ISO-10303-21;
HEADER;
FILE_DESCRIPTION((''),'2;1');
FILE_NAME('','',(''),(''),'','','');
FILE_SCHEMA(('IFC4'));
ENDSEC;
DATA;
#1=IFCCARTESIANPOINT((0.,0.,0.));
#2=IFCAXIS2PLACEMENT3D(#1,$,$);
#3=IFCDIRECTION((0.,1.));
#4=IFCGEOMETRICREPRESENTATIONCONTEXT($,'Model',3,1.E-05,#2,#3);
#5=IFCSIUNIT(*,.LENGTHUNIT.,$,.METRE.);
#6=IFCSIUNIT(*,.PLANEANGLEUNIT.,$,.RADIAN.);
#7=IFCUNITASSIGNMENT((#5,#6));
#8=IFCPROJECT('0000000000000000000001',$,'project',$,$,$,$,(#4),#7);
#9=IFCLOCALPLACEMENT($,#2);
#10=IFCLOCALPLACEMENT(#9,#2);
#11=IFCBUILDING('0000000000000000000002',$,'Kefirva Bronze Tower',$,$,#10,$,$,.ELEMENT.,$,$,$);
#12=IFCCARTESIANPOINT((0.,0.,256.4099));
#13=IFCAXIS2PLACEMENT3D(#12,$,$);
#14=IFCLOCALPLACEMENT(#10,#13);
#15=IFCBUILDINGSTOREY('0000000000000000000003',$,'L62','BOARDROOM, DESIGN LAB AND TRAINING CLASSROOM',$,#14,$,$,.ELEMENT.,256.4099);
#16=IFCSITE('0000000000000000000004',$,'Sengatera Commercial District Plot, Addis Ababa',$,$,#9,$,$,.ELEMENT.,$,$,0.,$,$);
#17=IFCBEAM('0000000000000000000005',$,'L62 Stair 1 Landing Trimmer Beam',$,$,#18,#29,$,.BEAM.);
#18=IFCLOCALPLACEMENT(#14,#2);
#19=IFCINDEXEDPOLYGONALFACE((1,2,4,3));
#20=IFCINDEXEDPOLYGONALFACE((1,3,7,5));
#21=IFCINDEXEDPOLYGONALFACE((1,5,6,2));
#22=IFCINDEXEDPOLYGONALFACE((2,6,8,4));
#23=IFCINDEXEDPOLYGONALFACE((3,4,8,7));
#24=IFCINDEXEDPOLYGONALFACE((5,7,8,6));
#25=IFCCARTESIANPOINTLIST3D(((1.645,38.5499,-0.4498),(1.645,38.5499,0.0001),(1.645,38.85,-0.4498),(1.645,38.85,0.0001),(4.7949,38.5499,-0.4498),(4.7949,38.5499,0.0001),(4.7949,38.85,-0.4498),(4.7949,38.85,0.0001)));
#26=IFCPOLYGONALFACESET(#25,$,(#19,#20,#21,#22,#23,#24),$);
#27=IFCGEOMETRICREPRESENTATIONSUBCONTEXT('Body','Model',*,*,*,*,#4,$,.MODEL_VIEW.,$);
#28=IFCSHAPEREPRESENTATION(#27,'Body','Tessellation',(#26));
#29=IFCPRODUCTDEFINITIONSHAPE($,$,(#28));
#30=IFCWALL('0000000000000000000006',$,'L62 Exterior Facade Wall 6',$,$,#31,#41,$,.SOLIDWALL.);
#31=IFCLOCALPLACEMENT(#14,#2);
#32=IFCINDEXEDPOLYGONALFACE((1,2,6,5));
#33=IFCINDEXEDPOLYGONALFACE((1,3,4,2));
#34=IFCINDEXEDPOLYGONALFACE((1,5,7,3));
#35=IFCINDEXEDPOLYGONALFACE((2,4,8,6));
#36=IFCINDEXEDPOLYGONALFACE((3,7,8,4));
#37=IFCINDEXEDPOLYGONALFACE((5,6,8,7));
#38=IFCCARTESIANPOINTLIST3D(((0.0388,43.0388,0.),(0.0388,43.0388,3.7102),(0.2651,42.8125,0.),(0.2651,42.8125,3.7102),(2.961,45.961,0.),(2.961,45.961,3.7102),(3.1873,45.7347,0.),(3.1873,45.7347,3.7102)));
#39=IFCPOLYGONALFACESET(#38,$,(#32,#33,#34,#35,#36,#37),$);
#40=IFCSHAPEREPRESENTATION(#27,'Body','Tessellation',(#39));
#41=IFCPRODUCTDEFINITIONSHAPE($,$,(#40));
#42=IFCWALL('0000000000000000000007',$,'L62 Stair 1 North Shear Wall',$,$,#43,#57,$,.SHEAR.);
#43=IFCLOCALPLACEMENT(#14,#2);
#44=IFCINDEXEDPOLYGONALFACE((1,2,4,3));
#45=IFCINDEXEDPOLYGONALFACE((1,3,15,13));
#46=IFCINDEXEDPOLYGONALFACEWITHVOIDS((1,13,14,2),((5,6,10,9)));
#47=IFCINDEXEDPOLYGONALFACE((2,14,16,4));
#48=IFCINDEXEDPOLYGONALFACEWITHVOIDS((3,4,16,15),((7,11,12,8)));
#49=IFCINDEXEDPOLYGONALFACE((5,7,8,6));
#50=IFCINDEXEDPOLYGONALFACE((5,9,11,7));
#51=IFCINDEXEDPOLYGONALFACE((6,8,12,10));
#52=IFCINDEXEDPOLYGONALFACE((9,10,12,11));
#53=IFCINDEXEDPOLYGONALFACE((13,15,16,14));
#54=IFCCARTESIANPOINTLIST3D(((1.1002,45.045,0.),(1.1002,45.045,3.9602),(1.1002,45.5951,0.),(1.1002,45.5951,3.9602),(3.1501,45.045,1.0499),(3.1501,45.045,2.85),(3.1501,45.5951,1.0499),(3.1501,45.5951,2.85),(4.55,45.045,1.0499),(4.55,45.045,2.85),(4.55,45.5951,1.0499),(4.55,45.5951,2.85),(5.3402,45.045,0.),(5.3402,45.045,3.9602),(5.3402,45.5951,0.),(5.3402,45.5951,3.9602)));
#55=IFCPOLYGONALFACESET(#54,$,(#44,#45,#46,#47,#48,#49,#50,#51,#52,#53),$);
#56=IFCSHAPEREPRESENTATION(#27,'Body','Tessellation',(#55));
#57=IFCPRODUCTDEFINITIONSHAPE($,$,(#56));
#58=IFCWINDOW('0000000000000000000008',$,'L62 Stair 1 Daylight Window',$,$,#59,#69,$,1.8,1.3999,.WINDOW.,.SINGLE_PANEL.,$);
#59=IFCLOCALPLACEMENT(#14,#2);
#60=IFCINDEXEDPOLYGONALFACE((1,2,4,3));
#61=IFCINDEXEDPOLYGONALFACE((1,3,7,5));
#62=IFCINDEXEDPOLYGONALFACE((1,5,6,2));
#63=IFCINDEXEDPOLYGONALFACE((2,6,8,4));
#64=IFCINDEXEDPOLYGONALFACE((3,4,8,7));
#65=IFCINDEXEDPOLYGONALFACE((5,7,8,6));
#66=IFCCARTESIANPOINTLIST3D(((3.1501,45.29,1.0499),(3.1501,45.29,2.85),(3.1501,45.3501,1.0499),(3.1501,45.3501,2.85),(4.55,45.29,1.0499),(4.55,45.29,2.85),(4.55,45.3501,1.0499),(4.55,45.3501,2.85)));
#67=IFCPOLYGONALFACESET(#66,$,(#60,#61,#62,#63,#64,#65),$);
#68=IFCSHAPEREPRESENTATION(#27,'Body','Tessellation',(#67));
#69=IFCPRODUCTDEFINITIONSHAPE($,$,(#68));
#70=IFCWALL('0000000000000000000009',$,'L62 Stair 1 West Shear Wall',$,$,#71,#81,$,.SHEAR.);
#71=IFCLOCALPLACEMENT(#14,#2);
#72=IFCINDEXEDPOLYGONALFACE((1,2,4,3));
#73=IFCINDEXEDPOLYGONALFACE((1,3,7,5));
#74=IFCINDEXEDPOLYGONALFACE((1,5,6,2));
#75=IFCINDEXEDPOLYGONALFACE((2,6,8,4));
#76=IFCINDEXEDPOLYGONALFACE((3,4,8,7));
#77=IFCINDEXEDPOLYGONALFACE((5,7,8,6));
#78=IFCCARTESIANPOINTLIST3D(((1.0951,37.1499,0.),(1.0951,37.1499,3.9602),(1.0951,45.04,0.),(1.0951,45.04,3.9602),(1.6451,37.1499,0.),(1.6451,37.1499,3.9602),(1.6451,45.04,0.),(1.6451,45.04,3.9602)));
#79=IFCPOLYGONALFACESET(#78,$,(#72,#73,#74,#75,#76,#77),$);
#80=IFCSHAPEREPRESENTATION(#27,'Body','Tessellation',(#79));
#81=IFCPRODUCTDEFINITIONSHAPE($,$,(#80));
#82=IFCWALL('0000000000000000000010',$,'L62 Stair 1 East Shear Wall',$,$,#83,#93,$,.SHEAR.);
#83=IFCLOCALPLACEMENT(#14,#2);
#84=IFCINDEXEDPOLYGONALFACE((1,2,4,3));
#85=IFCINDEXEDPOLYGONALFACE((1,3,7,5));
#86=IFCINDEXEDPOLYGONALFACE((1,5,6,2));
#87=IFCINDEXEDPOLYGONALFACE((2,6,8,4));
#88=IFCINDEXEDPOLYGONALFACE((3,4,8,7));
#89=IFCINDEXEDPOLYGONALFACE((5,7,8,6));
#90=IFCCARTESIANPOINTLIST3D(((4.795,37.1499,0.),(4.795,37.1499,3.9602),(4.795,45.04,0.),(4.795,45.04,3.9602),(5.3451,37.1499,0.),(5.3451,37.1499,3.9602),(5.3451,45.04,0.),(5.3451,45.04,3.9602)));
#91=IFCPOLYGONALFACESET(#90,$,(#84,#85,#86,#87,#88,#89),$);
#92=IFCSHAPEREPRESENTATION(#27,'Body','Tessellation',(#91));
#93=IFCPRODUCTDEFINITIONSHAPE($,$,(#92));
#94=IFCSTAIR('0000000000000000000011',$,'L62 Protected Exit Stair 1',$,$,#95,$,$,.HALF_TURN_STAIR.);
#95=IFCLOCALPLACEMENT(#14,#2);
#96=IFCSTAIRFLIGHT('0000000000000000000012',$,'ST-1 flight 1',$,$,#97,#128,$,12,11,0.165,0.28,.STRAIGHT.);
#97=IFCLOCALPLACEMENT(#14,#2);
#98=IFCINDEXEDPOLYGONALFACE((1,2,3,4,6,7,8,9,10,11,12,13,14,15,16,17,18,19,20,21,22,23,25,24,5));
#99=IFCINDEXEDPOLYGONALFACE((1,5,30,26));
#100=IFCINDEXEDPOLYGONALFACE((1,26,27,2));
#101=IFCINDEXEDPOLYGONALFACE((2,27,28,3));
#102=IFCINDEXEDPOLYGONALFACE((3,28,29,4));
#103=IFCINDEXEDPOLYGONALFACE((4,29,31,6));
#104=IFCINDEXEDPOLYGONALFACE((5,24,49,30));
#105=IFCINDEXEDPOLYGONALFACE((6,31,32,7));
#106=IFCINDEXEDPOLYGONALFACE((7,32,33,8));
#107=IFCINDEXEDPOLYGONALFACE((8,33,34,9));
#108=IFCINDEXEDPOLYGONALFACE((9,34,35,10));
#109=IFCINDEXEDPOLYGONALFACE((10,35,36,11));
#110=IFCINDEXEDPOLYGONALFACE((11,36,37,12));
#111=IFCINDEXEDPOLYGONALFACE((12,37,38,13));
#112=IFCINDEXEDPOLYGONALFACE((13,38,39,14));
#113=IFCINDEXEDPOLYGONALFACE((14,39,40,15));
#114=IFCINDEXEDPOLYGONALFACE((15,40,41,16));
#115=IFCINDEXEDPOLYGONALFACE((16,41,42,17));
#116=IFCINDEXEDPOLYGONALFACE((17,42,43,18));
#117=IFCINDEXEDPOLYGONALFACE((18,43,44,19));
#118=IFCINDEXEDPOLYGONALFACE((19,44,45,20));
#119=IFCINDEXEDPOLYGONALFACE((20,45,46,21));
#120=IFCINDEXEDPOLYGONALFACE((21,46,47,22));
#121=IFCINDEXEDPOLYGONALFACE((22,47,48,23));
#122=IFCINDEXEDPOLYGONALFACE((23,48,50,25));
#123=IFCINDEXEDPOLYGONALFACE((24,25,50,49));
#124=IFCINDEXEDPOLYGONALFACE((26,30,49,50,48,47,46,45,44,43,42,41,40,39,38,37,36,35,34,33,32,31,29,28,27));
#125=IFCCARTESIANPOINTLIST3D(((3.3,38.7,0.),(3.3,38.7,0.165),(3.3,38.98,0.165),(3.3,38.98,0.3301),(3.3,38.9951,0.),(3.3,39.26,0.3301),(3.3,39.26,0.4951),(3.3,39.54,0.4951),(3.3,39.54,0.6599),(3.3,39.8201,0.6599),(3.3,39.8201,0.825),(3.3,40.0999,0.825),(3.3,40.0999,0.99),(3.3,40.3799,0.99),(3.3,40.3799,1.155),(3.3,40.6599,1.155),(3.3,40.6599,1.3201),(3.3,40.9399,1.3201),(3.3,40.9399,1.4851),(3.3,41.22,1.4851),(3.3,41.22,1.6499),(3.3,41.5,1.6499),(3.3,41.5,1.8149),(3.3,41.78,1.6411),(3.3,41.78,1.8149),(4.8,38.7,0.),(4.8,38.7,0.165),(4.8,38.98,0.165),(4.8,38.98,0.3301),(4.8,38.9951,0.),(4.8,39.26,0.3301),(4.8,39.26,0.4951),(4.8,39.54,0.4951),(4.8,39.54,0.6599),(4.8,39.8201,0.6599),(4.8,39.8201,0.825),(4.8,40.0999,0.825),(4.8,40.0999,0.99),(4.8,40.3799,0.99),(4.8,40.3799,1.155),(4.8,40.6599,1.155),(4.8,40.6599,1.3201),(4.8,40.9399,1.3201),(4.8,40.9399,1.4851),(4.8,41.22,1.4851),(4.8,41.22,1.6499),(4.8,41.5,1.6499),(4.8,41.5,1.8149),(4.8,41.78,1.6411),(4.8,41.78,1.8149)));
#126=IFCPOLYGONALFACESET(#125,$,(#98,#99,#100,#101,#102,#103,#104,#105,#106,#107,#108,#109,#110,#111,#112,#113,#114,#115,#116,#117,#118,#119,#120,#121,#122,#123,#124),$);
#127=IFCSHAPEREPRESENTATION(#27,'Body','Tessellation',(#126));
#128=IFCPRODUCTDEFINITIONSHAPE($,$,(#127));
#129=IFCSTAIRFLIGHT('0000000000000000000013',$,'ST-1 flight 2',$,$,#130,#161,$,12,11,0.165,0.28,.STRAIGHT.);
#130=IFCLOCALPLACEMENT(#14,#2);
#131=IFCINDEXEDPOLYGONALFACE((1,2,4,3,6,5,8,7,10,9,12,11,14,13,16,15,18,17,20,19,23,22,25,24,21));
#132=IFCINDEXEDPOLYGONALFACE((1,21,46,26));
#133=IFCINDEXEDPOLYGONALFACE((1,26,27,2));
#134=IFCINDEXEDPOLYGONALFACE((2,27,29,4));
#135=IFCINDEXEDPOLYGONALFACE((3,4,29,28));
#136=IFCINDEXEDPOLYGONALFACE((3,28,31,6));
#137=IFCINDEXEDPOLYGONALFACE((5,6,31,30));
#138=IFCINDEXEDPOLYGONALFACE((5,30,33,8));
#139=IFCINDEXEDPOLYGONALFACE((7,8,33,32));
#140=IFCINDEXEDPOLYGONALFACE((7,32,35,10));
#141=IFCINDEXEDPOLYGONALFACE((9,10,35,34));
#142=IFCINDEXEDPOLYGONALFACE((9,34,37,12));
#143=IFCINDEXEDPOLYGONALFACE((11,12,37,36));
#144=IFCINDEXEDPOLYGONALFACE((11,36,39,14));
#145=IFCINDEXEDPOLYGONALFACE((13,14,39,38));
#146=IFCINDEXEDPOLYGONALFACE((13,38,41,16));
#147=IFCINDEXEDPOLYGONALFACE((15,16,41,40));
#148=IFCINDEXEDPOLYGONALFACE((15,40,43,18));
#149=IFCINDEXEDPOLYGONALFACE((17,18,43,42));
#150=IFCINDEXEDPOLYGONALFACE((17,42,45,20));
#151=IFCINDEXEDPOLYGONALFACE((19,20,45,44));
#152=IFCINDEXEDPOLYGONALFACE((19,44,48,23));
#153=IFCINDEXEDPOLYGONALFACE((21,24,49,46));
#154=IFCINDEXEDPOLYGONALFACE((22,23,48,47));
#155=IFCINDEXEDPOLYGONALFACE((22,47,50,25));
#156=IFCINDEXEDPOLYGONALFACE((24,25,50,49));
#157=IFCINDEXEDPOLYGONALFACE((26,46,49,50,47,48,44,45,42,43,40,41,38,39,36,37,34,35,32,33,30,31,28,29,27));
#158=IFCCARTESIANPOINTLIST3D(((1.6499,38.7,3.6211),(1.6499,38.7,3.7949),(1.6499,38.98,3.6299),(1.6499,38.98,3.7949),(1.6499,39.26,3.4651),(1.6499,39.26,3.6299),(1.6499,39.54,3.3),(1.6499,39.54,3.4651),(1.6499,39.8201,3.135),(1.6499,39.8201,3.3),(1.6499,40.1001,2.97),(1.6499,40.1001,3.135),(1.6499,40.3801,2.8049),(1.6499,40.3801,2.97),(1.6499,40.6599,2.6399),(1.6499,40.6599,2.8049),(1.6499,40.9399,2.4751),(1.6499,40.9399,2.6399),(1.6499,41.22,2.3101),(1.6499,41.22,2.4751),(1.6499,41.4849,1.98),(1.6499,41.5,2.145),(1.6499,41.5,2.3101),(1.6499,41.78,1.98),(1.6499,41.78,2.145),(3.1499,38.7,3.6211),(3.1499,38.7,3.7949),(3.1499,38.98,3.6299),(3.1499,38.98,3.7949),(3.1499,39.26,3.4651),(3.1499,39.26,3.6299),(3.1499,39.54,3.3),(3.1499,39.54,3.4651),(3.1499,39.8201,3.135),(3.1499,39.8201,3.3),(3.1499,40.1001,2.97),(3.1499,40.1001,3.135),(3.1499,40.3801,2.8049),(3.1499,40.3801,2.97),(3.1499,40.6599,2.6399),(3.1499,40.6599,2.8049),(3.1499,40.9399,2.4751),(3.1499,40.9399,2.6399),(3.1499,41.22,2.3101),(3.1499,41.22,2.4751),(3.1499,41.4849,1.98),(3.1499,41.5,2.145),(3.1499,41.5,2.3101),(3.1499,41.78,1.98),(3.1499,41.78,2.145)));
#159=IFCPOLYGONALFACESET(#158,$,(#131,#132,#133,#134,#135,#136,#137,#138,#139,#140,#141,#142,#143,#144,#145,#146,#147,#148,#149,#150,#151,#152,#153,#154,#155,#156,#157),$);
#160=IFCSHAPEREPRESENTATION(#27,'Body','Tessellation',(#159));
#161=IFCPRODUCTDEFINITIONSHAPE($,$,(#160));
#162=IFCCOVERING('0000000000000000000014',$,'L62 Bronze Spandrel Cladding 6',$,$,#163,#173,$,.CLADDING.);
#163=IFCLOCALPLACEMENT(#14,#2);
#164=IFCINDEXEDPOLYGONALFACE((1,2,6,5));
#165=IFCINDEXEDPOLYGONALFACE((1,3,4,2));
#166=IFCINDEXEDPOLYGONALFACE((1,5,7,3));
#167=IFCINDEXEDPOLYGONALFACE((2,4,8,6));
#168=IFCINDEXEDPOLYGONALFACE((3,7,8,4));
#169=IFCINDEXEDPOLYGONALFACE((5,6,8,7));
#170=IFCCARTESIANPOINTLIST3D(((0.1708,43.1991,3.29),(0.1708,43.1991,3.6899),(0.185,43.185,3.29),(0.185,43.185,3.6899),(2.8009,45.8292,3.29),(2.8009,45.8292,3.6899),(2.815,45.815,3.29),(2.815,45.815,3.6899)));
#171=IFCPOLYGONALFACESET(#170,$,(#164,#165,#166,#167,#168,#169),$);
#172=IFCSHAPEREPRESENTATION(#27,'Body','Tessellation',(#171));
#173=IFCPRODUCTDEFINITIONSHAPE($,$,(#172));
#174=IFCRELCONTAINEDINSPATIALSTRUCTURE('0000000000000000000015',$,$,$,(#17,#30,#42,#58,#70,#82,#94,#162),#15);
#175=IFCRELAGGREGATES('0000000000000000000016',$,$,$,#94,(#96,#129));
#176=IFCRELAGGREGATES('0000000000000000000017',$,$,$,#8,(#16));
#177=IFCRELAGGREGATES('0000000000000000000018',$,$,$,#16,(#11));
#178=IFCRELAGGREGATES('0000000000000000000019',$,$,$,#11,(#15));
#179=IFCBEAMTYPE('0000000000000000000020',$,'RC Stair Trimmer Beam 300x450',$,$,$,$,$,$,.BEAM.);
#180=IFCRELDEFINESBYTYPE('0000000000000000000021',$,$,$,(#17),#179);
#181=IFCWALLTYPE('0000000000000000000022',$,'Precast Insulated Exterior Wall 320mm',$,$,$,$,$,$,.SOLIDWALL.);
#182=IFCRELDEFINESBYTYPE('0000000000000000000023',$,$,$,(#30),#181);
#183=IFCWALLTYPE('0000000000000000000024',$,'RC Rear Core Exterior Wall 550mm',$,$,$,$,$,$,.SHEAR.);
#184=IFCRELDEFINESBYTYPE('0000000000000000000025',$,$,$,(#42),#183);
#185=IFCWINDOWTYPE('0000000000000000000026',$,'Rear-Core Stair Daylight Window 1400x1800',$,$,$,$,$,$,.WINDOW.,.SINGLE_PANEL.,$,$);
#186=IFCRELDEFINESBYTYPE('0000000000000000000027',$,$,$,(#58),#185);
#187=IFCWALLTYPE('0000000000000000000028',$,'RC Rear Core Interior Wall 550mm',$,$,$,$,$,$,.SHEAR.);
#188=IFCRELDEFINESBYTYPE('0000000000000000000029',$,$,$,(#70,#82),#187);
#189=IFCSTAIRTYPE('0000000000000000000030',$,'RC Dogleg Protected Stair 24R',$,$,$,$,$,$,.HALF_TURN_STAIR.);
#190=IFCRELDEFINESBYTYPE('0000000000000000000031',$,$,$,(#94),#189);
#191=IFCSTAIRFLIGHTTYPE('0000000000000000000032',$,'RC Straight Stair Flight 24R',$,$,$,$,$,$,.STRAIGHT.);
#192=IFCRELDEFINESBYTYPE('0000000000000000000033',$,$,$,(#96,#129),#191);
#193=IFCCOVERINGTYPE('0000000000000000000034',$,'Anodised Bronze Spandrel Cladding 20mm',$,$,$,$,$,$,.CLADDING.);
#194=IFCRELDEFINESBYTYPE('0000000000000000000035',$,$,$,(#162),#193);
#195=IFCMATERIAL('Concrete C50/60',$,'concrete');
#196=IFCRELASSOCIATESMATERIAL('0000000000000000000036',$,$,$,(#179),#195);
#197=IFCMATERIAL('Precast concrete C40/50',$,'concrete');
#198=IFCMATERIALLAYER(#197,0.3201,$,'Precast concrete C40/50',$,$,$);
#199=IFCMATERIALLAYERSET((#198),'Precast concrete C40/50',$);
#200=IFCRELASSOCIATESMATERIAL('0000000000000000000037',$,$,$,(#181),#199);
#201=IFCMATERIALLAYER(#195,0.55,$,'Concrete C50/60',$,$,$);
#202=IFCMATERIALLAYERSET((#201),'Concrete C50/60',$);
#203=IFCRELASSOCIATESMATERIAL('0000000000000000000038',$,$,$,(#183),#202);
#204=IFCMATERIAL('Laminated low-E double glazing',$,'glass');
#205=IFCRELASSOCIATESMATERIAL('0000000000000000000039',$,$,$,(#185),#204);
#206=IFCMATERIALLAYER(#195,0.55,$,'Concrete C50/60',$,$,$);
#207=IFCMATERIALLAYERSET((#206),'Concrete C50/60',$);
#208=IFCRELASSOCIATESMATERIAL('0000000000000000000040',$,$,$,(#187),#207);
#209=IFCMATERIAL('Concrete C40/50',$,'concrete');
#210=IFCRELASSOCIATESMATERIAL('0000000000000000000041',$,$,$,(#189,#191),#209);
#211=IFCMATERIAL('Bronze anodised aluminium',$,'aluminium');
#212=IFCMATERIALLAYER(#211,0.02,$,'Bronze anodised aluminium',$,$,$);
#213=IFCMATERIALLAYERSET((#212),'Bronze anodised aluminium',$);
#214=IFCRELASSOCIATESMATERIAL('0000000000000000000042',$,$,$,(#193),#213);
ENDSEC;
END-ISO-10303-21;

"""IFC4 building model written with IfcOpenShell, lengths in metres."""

from ifc_helpers import new_model, si_unit, direction, frame, frame_2d, origin, origin_2d, place, context, subcontext, project, spatial, polyline, rectangle, outline, extrude, material, layer, layer_set, material_profile, profile_set, type_object, element, fill, aggregate, save


model = new_model("IFC4")

# Units and contexts
model_context = context("Model", 3, precision=1e-05, world=origin(), true_north=direction((0.0, 1.0)))
body_context = subcontext(model_context, "Body", "Model", "MODEL_VIEW")
ifc_project = project(units=[si_unit("LENGTHUNIT", "METRE"), si_unit("PLANEANGLEUNIT", "RADIAN")], contexts=[model_context])

# Site, building, storey
site_placement = place(None, origin())
site = spatial("IfcSite", under=ifc_project, at=site_placement, Name="Sengatera Commercial District Plot, Addis Ababa", CompositionType="ELEMENT", RefElevation=0.0)
building_placement = place(site_placement, origin())
building = spatial("IfcBuilding", under=site, at=building_placement, Name="Kefirva Bronze Tower", CompositionType="ELEMENT")
storey_placement = place(building_placement, frame((0.0, 0.0, 256.4099)))
storey = spatial("IfcBuildingStorey", under=building, at=storey_placement, Name="L62", Description="BOARDROOM, DESIGN LAB AND TRAINING CLASSROOM", CompositionType="ELEMENT", Elevation=256.4099)

# Beam
ifc_material_1 = material(Name="Concrete C50/60", Category="concrete")
ifc_material_profile = material_profile(ifc_material_1, rectangle(XDim=0.3, YDim=0.45, at=origin_2d()), Name="RC 300x450")
ifc_profile_set = profile_set([ifc_material_profile], Name="Concrete C50/60")
beam_type = type_object("IfcBeamType", Name="RC Stair Trimmer Beam 300x450", PredefinedType="BEAM", material=ifc_profile_set)
beam_placement = place(storey_placement, frame((1.645, 38.7, -0.2249), z_axis=(1.0, 0.0, 0.0), x_axis=(0.0, 1.0, 0.0)))
element("IfcBeam", 1, at=beam_placement, inside=storey, type_object=beam_type, Name="L62 Stair 1 Landing Trimmer Beam", PredefinedType="BEAM", context=body_context, shape_type="SweptSolid", body=[
    extrude(rectangle(XDim=0.3, YDim=0.45, at=origin_2d()), origin(), (0.0, 0.0, 1.0), 3.1499),
])

# Wall
ifc_material_2 = material(Name="Precast concrete C40/50", Category="concrete")
ifc_layer_1 = layer(ifc_material_2, 0.3201, Name="Precast concrete C40/50")
ifc_layer_set_1 = layer_set([ifc_layer_1], Name="Precast concrete C40/50")
wall_type_1 = type_object("IfcWallType", Name="Precast Insulated Exterior Wall 320mm", PredefinedType="SOLIDWALL", material=ifc_layer_set_1)
wall_1_placement = place(storey_placement, frame((3.0742, 45.8479, 0.0), z_axis=(0.0, 0.0, 1.0), x_axis=(-0.707107, -0.707107, 0.0)))
element("IfcWall", 2, at=wall_1_placement, inside=storey, type_object=wall_type_1, Name="L62 Exterior Facade Wall 6", PredefinedType="SOLIDWALL", context=body_context, shape_type="SweptSolid", body=[
    extrude(rectangle(XDim=4.1326, YDim=0.3201, at=frame_2d((2.0664, 0.0))), origin(), (0.0, 0.0, 1.0), 3.7102),
])

# Wall, opening, window
ifc_layer_2 = layer(ifc_material_1, 0.55, Name="Concrete C50/60")
ifc_layer_set_2 = layer_set([ifc_layer_2], Name="Concrete C50/60")
wall_type_2 = type_object("IfcWallType", Name="RC Rear Core Exterior Wall 550mm", PredefinedType="SHEAR", material=ifc_layer_set_2)
wall_2_placement = place(storey_placement, frame((1.1001, 45.3201, 0.0), z_axis=(0.0, 0.0, 1.0), x_axis=(1.0, 0.0, 0.0)))
wall_2 = element("IfcWall", 3, at=wall_2_placement, inside=storey, type_object=wall_type_2, Name="L62 Stair 1 North Shear Wall", PredefinedType="SHEAR", context=body_context, shape_type="SweptSolid", body=[
    extrude(rectangle(XDim=4.24, YDim=0.55, at=frame_2d((2.1201, 0.0))), origin(), (0.0, 0.0, 1.0), 3.9602),
])
opening_1_placement = place(wall_2_placement, frame((2.05, 0.0, 1.05)))
opening_1 = element("IfcOpeningElement", 4, at=opening_1_placement, cuts=wall_2, PredefinedType="OPENING", context=body_context, shape_type="SweptSolid", body=[
    extrude(rectangle(XDim=1.3999, YDim=1.8, at=frame_2d((0.7, 0.8999))), frame((0.0, 0.2852, 0.0), z_axis=(0.0, -1.0, 0.0), x_axis=(1.0, 0.0, 0.0)), (0.0, 0.0, 1.0), 0.5701),
])
ifc_material_3 = material(Name="Laminated low-E double glazing", Category="glass")
window_type = type_object("IfcWindowType", Name="Rear-Core Stair Daylight Window 1400x1800", PartitioningType="SINGLE_PANEL", PredefinedType="WINDOW", material=ifc_material_3)
window_placement = place(opening_1_placement, origin())
window = element("IfcWindow", 5, at=window_placement, inside=storey, type_object=window_type, Name="L62 Stair 1 Daylight Window", OverallHeight=1.8, OverallWidth=1.3999, PartitioningType="SINGLE_PANEL", PredefinedType="WINDOW", context=body_context, shape_type="SweptSolid", body=[
    extrude(rectangle(XDim=1.3999, YDim=1.8, at=frame_2d((0.7, 0.8999))), frame((0.0, 0.03, 0.0), z_axis=(0.0, -1.0, 0.0), x_axis=(1.0, 0.0, 0.0)), (0.0, 0.0, 1.0), 0.0601),
])
fill(opening_1, window)

# Walls
ifc_layer_3 = layer(ifc_material_1, 0.55, Name="Concrete C50/60")
ifc_layer_set_3 = layer_set([ifc_layer_3], Name="Concrete C50/60")
wall_type_3 = type_object("IfcWallType", Name="RC Rear Core Interior Wall 550mm", PredefinedType="SHEAR", material=ifc_layer_set_3)
for number, where, z_axis, x_axis, name in (
    (6, (1.3701, 37.1499, 0.0), (0.0, 0.0, 1.0), (0.0, 1.0, 0.0), "L62 Stair 1 West Shear Wall"),
    (7, (5.0701, 37.1499, 0.0), (0.0, 0.0, 1.0), (0.0, 1.0, 0.0), "L62 Stair 1 East Shear Wall"),
):
    element("IfcWall", number, at=place(storey_placement, frame(where, z_axis=z_axis, x_axis=x_axis)), inside=storey, type_object=wall_type_3, Name=name, PredefinedType="SHEAR", context=body_context, shape_type="SweptSolid", body=[
        extrude(rectangle(XDim=7.8901, YDim=0.55, at=frame_2d((3.9451, 0.0))), origin(), (0.0, 0.0, 1.0), 3.9602),
    ])

# Stair, stair flights
ifc_material_4 = material(Name="Concrete C40/50", Category="concrete")
stair_type = type_object("IfcStairType", Name="RC Dogleg Protected Stair 24R", PredefinedType="HALF_TURN_STAIR", material=ifc_material_4)
stair_placement = place(storey_placement, origin())
stair = element("IfcStair", 8, at=stair_placement, inside=storey, type_object=stair_type, Name="L62 Protected Exit Stair 1", PredefinedType="HALF_TURN_STAIR")
stair_flight_type = type_object("IfcStairFlightType", Name="RC Straight Stair Flight 24R", PredefinedType="STRAIGHT", material=ifc_material_4)
stair_flight_1_placement = place(storey_placement, frame((4.05, 38.7, 0.0), z_axis=(0.0, 0.0, 1.0), x_axis=(0.0, 1.0, 0.0)))
stair_flight_1 = element("IfcStairFlight", 9, at=stair_flight_1_placement, type_object=stair_flight_type, Name="ST-1 flight 1", NumberOfRisers=12, NumberOfTreads=11, PredefinedType="STRAIGHT", RiserHeight=0.165, TreadLength=0.28, context=body_context, shape_type="SweptSolid", body=[
    extrude(outline(polyline([(0.0, 0.0), (0.0, 0.165), (0.28, 0.165), (0.28, 0.3301), (0.5601, 0.3301), (0.5601, 0.4951), (0.8401, 0.4951), (0.8401, 0.6599), (1.1201, 0.6599), (1.1201, 0.825), (1.3999, 0.825), (1.3999, 0.99), (1.6799, 0.99), (1.6799, 1.155), (1.96, 1.155), (1.96, 1.3201), (2.24, 1.3201), (2.24, 1.4851), (2.52, 1.4851), (2.52, 1.6499), (2.8, 1.6499), (2.8, 1.8149), (3.0801, 1.8149), (3.0801, 1.98), (3.0801, 1.6411), (0.2952, 0.0), (0.0, 0.0)])), frame((0.0, 0.75, 0.0), z_axis=(0.0, -1.0, 0.0), x_axis=(1.0, 0.0, 0.0)), (0.0, 0.0, 1.0), 1.5),
])
stair_flight_2_placement = place(storey_placement, frame((2.3999, 41.78, 1.98), z_axis=(0.0, 0.0, 1.0), x_axis=(0.0, -1.0, 0.0)))
stair_flight_2 = element("IfcStairFlight", 10, at=stair_flight_2_placement, type_object=stair_flight_type, Name="ST-1 flight 2", NumberOfRisers=12, NumberOfTreads=11, PredefinedType="STRAIGHT", RiserHeight=0.165, TreadLength=0.28, context=body_context, shape_type="SweptSolid", body=[
    extrude(outline(polyline([(0.0, 0.0), (0.0, 0.165), (0.28, 0.165), (0.28, 0.3301), (0.5601, 0.3301), (0.5601, 0.4951), (0.8401, 0.4951), (0.8401, 0.6599), (1.1201, 0.6599), (1.1201, 0.825), (1.3999, 0.825), (1.3999, 0.99), (1.6799, 0.99), (1.6799, 1.155), (1.96, 1.155), (1.96, 1.3201), (2.24, 1.3201), (2.24, 1.4851), (2.52, 1.4851), (2.52, 1.6499), (2.8, 1.6499), (2.8, 1.8149), (3.0801, 1.8149), (3.0801, 1.98), (3.0801, 1.6411), (0.2952, 0.0), (0.0, 0.0)])), frame((0.0, 0.75, 0.0), z_axis=(0.0, -1.0, 0.0), x_axis=(1.0, 0.0, 0.0)), (0.0, 0.0, 1.0), 1.5),
])
aggregate(stair, [stair_flight_1, stair_flight_2])

# Covering
ifc_material_5 = material(Name="Bronze anodised aluminium", Category="aluminium")
ifc_layer_4 = layer(ifc_material_5, 0.02, Name="Bronze anodised aluminium")
ifc_layer_set_4 = layer_set([ifc_layer_4], Name="Bronze anodised aluminium")
covering_type_1 = type_object("IfcCoveringType", Name="Anodised Bronze Spandrel Cladding 20mm", PredefinedType="CLADDING", material=ifc_layer_set_4)
covering_1_placement = place(storey_placement, frame((1.4929, 44.5071, 3.29), z_axis=(0.0, 0.0, 1.0), x_axis=(-0.707107, -0.707107, 0.0)))
element("IfcCovering", 11, at=covering_1_placement, inside=storey, type_object=covering_type_1, Name="L62 Bronze Spandrel Cladding 6", PredefinedType="CLADDING", context=body_context, shape_type="SweptSolid", body=[
    extrude(rectangle(XDim=3.7195, YDim=0.02, at=origin_2d()), origin(), (0.0, 0.0, 1.0), 0.3999),
])

save(model, "model.ifc")
